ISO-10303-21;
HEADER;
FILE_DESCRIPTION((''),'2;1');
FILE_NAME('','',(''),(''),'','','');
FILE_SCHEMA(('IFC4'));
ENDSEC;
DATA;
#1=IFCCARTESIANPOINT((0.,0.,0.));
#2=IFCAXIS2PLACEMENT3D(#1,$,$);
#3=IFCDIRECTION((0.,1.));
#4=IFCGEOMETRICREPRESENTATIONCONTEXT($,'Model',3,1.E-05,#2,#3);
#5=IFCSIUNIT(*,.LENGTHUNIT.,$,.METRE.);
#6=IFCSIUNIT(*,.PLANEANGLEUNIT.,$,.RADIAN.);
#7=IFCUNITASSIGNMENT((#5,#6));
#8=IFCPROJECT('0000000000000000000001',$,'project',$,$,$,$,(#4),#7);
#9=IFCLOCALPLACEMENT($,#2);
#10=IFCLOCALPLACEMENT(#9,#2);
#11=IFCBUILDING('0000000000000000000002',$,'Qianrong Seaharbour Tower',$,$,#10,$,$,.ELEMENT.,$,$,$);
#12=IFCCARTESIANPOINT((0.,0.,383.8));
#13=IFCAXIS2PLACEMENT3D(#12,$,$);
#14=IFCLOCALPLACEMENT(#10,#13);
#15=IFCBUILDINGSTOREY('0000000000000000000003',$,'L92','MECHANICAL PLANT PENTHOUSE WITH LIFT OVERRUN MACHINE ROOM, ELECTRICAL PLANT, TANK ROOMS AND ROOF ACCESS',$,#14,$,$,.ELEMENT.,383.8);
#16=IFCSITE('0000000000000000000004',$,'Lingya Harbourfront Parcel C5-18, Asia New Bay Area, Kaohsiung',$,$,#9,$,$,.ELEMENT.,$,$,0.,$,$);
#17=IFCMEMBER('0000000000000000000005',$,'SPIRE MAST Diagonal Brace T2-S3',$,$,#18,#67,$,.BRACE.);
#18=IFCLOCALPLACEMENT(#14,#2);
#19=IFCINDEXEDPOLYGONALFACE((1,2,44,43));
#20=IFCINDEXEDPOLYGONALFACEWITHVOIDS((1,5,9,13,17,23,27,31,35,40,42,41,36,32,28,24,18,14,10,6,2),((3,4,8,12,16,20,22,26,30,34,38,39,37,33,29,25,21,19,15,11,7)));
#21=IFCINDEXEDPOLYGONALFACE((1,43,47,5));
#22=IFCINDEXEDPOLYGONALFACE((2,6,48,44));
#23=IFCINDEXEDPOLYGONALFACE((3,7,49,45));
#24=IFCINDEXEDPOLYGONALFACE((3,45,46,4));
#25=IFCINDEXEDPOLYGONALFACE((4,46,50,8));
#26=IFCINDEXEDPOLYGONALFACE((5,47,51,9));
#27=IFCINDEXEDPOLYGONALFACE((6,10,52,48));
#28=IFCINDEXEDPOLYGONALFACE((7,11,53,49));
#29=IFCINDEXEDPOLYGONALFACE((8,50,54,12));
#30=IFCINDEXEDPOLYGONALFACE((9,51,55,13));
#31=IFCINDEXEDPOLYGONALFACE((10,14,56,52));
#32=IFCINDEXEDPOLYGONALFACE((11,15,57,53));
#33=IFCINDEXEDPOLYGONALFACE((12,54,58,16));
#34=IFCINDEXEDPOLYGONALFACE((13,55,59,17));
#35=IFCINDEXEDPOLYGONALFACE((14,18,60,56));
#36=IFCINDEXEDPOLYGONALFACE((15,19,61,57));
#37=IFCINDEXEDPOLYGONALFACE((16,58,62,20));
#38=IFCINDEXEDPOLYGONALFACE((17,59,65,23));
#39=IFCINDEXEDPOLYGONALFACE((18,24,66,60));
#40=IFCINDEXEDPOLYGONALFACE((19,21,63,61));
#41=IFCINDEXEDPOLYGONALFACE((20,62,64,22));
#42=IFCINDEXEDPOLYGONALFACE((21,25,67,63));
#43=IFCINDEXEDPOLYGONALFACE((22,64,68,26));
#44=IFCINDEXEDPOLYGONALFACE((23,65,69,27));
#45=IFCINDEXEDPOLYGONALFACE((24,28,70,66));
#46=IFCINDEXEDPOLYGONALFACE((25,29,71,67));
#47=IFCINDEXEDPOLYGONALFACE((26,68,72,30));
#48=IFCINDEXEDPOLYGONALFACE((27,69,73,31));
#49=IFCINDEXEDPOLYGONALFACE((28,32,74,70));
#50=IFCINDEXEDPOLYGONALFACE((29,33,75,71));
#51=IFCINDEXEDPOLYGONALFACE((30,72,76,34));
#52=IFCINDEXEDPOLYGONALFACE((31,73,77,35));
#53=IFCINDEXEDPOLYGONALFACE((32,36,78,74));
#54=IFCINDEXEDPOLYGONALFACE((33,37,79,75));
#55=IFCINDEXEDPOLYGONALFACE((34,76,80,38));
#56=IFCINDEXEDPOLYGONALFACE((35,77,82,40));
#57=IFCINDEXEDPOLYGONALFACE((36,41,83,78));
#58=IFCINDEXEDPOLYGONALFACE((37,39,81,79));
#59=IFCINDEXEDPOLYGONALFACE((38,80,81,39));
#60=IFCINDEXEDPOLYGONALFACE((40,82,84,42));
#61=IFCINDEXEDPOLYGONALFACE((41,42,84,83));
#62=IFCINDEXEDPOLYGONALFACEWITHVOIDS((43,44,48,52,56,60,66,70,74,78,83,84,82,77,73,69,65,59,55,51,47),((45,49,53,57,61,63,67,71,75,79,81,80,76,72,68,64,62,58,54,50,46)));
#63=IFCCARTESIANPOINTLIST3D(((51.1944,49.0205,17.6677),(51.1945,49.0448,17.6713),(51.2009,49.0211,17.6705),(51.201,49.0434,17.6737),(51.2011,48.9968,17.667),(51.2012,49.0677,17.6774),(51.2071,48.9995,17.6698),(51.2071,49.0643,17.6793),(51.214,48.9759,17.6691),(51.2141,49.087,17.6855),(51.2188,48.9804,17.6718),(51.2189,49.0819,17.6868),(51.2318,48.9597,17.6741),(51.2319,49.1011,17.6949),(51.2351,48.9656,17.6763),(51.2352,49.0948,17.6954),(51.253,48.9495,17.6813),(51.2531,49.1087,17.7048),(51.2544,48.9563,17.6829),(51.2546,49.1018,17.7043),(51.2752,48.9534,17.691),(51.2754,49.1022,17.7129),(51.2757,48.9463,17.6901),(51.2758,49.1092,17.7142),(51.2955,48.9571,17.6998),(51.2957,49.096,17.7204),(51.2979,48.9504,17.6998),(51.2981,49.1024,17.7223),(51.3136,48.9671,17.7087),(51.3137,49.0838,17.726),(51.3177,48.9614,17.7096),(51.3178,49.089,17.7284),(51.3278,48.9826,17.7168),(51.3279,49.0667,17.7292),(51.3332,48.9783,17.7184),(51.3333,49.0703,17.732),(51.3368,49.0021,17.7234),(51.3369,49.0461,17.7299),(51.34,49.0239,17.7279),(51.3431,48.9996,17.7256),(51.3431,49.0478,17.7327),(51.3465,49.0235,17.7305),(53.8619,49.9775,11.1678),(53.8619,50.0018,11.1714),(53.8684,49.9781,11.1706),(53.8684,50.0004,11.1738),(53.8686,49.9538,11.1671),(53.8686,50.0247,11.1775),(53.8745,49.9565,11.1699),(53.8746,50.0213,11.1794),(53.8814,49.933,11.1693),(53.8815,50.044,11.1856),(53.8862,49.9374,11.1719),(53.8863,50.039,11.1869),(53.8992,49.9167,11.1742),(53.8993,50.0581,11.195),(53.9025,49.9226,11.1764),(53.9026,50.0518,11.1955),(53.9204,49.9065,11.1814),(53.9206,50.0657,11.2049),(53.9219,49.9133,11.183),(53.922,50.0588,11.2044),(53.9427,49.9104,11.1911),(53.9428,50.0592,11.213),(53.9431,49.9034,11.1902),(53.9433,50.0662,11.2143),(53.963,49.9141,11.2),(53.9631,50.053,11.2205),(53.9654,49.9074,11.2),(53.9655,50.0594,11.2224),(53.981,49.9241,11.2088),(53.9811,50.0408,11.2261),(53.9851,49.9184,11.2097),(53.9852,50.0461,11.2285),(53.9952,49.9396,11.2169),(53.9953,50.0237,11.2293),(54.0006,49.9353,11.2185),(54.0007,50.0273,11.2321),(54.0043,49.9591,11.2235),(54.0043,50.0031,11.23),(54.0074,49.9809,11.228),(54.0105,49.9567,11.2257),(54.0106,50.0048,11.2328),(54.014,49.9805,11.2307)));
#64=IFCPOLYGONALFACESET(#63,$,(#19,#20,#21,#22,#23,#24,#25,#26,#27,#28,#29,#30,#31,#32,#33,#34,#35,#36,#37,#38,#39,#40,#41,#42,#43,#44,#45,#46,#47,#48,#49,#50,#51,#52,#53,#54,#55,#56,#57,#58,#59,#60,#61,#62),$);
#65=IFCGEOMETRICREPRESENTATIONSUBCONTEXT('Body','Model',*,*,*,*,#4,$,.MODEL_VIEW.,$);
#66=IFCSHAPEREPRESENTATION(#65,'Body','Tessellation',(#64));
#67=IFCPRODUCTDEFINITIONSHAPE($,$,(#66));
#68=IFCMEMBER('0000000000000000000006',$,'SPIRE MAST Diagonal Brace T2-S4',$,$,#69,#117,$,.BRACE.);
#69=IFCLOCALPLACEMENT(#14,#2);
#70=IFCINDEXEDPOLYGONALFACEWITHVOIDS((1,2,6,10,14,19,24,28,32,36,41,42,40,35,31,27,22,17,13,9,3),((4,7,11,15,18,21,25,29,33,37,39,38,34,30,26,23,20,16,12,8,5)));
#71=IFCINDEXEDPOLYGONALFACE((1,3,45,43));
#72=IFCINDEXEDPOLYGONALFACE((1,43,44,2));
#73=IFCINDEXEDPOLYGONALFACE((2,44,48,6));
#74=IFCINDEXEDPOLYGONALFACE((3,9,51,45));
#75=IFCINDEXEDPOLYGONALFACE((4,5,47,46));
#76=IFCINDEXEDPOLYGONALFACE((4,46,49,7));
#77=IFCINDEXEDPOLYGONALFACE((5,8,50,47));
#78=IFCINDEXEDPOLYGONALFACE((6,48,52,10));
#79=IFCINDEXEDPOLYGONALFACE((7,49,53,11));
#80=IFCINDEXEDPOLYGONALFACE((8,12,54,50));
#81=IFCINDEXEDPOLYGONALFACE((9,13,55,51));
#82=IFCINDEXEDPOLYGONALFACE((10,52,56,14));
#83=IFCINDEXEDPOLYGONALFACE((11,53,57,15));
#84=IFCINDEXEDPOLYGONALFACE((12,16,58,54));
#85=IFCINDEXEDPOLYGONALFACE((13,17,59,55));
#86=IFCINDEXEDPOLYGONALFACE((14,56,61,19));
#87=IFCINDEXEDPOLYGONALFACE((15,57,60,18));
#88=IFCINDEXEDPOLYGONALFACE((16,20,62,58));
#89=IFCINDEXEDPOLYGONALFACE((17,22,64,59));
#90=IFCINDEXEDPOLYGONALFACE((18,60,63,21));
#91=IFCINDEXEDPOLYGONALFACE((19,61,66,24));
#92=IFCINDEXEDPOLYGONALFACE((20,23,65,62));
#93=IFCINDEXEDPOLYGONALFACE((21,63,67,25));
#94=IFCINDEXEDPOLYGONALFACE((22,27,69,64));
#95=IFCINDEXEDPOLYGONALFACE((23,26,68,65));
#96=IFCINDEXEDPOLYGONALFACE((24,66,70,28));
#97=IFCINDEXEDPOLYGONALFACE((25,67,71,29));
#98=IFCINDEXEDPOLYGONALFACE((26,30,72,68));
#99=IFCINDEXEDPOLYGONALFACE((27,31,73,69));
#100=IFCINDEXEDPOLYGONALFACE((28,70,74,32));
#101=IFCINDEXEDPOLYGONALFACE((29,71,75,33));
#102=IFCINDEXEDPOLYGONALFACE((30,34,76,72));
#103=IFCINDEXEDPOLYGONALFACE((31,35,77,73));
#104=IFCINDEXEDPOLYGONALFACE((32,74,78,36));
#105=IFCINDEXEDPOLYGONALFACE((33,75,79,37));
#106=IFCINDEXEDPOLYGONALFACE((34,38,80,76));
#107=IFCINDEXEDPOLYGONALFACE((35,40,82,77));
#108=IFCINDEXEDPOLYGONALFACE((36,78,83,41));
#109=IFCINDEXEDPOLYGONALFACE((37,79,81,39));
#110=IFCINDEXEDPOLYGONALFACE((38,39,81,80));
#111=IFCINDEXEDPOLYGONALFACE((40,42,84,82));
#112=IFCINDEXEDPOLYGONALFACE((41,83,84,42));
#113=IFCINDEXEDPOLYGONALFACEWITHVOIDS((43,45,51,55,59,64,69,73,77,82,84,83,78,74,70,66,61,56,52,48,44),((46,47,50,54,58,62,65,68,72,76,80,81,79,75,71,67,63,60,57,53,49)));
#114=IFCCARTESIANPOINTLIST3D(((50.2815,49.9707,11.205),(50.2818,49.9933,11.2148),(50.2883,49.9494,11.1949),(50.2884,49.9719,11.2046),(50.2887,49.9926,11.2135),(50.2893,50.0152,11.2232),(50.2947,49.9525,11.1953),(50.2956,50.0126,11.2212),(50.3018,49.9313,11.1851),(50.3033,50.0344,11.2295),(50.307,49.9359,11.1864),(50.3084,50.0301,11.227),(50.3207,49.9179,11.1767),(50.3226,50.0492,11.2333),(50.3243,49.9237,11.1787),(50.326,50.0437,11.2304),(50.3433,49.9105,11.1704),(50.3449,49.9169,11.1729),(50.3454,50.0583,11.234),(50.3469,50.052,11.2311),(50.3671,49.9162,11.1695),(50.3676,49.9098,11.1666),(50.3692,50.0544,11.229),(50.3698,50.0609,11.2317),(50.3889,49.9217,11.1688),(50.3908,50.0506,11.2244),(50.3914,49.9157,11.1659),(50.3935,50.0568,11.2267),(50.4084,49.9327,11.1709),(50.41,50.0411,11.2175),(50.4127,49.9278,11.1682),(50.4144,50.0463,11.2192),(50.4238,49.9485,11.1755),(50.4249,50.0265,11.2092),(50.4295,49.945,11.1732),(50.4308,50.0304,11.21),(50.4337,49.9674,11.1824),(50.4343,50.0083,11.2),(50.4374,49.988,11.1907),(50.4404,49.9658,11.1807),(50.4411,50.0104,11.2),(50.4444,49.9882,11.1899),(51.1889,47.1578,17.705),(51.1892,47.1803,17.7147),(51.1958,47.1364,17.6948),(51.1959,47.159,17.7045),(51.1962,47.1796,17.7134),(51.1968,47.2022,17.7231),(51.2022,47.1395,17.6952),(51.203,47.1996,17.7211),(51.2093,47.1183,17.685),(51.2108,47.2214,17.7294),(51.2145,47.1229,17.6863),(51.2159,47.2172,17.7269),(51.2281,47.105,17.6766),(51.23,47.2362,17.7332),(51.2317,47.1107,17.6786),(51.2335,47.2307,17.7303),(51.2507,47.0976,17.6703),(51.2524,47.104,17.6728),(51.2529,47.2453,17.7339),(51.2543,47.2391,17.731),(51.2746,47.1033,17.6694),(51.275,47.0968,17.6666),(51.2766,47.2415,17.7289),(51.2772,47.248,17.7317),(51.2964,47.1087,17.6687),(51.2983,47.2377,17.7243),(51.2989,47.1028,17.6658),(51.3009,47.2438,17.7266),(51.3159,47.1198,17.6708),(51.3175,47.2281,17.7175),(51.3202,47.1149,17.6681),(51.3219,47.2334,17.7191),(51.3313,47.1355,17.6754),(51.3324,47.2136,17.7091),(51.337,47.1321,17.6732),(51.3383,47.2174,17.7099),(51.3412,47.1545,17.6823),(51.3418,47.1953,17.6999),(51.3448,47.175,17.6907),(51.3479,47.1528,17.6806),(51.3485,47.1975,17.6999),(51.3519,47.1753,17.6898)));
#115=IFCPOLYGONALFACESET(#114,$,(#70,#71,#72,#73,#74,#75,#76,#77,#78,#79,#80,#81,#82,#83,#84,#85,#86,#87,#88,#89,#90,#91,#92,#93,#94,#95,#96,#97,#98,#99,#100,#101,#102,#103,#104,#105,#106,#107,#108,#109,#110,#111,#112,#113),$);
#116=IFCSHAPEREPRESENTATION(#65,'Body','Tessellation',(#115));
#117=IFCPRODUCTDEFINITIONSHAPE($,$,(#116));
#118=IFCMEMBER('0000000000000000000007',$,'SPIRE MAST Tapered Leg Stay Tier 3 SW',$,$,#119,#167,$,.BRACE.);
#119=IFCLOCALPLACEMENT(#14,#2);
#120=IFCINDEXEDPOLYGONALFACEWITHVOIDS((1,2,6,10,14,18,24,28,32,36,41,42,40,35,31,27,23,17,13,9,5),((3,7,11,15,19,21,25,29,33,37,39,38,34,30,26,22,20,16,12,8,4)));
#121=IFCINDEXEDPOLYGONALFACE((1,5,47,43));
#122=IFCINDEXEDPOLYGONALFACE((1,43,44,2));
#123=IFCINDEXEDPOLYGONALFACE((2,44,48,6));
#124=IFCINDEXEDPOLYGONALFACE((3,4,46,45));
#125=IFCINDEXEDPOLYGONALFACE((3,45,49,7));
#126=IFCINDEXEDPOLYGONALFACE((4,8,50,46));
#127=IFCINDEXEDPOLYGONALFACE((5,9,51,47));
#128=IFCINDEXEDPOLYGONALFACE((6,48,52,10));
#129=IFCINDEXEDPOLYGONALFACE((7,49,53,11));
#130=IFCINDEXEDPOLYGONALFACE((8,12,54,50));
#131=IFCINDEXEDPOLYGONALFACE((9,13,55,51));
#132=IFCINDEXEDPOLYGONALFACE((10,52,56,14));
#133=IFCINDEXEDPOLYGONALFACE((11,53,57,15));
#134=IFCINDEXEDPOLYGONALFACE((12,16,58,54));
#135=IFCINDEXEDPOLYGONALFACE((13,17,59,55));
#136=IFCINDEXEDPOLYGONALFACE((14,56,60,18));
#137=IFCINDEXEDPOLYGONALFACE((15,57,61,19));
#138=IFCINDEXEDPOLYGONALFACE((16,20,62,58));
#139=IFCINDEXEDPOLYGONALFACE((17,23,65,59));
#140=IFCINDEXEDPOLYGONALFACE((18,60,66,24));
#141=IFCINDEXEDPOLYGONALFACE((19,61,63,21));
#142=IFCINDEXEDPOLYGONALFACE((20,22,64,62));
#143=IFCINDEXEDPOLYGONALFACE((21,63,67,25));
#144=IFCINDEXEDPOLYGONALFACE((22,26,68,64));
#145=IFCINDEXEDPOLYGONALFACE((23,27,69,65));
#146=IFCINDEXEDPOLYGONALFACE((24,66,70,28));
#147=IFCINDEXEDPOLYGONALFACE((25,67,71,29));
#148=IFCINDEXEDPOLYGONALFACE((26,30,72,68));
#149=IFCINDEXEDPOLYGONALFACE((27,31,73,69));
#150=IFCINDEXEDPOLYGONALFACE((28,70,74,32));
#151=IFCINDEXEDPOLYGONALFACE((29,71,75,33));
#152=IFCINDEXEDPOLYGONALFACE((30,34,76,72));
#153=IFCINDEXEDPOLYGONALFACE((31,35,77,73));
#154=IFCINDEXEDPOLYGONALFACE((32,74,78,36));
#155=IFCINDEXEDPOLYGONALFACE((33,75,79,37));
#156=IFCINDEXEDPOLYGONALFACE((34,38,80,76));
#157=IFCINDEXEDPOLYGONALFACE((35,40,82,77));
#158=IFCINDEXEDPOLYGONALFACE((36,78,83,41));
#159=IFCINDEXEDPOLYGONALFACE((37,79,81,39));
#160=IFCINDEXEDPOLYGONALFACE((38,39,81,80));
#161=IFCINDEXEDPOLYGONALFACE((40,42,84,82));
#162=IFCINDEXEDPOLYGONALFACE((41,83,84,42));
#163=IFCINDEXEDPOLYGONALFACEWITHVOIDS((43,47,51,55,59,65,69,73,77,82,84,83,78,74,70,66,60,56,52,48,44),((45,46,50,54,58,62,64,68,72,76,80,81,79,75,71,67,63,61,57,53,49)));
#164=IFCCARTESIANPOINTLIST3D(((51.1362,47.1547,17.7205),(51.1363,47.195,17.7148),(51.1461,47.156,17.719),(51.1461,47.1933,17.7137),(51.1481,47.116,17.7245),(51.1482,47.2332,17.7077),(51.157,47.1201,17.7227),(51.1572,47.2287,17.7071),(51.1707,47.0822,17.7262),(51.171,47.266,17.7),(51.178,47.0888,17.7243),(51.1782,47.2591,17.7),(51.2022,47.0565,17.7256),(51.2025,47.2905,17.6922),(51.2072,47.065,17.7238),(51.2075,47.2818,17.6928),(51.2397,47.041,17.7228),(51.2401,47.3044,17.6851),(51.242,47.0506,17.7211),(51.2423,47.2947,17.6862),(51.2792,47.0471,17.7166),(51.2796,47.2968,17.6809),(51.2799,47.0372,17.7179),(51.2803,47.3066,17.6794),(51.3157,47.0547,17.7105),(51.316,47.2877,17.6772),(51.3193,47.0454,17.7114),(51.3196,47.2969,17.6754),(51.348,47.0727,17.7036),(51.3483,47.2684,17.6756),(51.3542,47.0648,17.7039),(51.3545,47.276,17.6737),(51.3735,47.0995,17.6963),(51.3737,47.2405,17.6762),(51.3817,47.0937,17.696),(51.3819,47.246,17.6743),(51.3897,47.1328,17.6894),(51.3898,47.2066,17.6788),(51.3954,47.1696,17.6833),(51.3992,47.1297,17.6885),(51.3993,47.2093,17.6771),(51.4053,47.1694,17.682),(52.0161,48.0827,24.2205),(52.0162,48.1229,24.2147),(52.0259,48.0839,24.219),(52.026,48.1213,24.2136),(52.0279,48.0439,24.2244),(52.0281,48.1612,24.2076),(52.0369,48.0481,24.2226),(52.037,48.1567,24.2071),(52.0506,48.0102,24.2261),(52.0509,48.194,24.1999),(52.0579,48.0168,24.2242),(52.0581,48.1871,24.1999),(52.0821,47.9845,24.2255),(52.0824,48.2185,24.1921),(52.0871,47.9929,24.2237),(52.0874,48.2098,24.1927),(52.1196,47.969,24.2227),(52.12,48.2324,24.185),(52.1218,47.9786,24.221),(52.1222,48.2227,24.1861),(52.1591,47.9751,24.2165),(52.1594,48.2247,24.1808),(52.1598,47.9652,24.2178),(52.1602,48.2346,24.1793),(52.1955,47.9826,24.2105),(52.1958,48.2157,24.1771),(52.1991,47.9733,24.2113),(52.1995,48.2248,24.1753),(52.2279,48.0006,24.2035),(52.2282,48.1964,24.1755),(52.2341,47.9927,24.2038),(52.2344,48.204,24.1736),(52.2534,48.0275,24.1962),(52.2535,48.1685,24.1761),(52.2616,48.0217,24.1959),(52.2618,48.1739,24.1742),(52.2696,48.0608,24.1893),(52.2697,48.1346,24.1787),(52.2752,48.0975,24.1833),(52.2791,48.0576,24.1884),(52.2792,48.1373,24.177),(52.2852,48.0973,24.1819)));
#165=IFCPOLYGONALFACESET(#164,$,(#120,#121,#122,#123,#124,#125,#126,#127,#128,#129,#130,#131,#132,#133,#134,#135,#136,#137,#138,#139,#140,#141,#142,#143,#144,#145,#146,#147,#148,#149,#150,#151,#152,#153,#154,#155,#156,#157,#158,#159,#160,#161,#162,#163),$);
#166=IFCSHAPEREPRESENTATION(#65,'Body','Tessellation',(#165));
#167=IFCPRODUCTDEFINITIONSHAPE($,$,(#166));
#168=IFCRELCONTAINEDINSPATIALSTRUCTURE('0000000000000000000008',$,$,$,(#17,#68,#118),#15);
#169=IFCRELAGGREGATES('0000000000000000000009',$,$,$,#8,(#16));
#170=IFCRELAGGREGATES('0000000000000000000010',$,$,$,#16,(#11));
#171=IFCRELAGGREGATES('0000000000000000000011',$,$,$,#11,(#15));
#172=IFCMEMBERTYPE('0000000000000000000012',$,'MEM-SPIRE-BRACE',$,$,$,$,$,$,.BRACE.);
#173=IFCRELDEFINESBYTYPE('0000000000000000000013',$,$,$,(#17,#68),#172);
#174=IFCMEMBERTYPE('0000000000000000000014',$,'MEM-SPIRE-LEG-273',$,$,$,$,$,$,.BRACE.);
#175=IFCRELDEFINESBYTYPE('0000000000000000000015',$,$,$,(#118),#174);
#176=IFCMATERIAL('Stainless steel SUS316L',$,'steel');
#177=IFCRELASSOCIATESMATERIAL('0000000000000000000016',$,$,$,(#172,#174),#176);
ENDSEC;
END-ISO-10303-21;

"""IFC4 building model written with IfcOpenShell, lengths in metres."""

from ifc_helpers import new_model, si_unit, direction, frame, origin, origin_2d, place, context, subcontext, project, spatial, hollow_circle, extrude, material, material_profile, profile_set, type_object, element, save


model = new_model("IFC4")

# Units and contexts
model_context = context("Model", 3, precision=1e-05, world=origin(), true_north=direction((0.0, 1.0)))
body_context = subcontext(model_context, "Body", "Model", "MODEL_VIEW")
ifc_project = project(units=[si_unit("LENGTHUNIT", "METRE"), si_unit("PLANEANGLEUNIT", "RADIAN")], contexts=[model_context])

# Site, building, storey
site_placement = place(None, origin())
site = spatial("IfcSite", under=ifc_project, at=site_placement, Name="Lingya Harbourfront Parcel C5-18, Asia New Bay Area, Kaohsiung", CompositionType="ELEMENT", RefElevation=0.0)
building_placement = place(site_placement, origin())
building = spatial("IfcBuilding", under=site, at=building_placement, Name="Qianrong Seaharbour Tower", CompositionType="ELEMENT")
storey_placement = place(building_placement, frame((0.0, 0.0, 383.8)))
storey = spatial("IfcBuildingStorey", under=building, at=storey_placement, Name="L92", Description="MECHANICAL PLANT PENTHOUSE WITH LIFT OVERRUN MACHINE ROOM, ELECTRICAL PLANT, TANK ROOMS AND ROOF ACCESS", CompositionType="ELEMENT", Elevation=383.8)

# Shared definitions
ifc_material = material(Name="Stainless steel SUS316L", Category="steel")

# Members
ifc_material_profile_1 = material_profile(ifc_material, hollow_circle(Radius=0.0825, WallThickness=0.0071, at=origin_2d()), Name="CHS165.2x7.1")
ifc_profile_set_1 = profile_set([ifc_material_profile_1], Name="Stainless steel SUS316L")
member_type_1 = type_object("IfcMemberType", Name="MEM-SPIRE-BRACE", PredefinedType="BRACE", material=ifc_profile_set_1)
member_1_placement = place(storey_placement, frame((53.9375, 49.9851, 11.2), z_axis=(-0.376182, -0.134965, 0.916663), x_axis=(0.3377, -0.941254, 0.0)))
element("IfcMember", 1, at=member_1_placement, inside=storey, type_object=member_type_1, Name="SPIRE MAST Diagonal Brace T2-S3", PredefinedType="BRACE", context=body_context, shape_type="SweptSolid", body=[
    extrude(hollow_circle(Radius=0.0825, WallThickness=0.0071, at=origin_2d()), origin(), (0.0, 0.0, 1.0), 7.0908),
])
member_2_placement = place(storey_placement, frame((50.3625, 49.9851, 11.2), z_axis=(0.127088, -0.39395, 0.910303), x_axis=(0.951703, 0.30702, 0.0)))
element("IfcMember", 2, at=member_2_placement, inside=storey, type_object=member_type_1, Name="SPIRE MAST Diagonal Brace T2-S4", PredefinedType="BRACE", context=body_context, shape_type="SweptSolid", body=[
    extrude(hollow_circle(Radius=0.0825, WallThickness=0.0071, at=origin_2d()), origin(), (0.0, 0.0, 1.0), 7.1404),
])
ifc_material_profile_2 = material_profile(ifc_material, hollow_circle(Radius=0.1365, WallThickness=0.01, at=origin_2d()), Name="CHS273.0x10")
ifc_profile_set_2 = profile_set([ifc_material_profile_2], Name="Stainless steel SUS316L")
member_type_2 = type_object("IfcMemberType", Name="MEM-SPIRE-LEG-273", PredefinedType="BRACE", material=ifc_profile_set_2)
for number, where, z_axis, x_axis, name in (
    (3, (51.27, 47.1721, 17.7), (0.132821, 0.140081, 0.981191), (-0.725662, 0.688052, 0.0), "SPIRE MAST Tapered Leg Stay Tier 3 SW"),
):
    element("IfcMember", number, at=place(storey_placement, frame(where, z_axis=z_axis, x_axis=x_axis)), inside=storey, type_object=member_type_2, Name=name, PredefinedType="BRACE", context=body_context, shape_type="SweptSolid", body=[
        extrude(hollow_circle(Radius=0.1365, WallThickness=0.01, at=origin_2d()), origin(), (0.0, 0.0, 1.0), 6.6245),
    ])

save(model, "model.ifc")
